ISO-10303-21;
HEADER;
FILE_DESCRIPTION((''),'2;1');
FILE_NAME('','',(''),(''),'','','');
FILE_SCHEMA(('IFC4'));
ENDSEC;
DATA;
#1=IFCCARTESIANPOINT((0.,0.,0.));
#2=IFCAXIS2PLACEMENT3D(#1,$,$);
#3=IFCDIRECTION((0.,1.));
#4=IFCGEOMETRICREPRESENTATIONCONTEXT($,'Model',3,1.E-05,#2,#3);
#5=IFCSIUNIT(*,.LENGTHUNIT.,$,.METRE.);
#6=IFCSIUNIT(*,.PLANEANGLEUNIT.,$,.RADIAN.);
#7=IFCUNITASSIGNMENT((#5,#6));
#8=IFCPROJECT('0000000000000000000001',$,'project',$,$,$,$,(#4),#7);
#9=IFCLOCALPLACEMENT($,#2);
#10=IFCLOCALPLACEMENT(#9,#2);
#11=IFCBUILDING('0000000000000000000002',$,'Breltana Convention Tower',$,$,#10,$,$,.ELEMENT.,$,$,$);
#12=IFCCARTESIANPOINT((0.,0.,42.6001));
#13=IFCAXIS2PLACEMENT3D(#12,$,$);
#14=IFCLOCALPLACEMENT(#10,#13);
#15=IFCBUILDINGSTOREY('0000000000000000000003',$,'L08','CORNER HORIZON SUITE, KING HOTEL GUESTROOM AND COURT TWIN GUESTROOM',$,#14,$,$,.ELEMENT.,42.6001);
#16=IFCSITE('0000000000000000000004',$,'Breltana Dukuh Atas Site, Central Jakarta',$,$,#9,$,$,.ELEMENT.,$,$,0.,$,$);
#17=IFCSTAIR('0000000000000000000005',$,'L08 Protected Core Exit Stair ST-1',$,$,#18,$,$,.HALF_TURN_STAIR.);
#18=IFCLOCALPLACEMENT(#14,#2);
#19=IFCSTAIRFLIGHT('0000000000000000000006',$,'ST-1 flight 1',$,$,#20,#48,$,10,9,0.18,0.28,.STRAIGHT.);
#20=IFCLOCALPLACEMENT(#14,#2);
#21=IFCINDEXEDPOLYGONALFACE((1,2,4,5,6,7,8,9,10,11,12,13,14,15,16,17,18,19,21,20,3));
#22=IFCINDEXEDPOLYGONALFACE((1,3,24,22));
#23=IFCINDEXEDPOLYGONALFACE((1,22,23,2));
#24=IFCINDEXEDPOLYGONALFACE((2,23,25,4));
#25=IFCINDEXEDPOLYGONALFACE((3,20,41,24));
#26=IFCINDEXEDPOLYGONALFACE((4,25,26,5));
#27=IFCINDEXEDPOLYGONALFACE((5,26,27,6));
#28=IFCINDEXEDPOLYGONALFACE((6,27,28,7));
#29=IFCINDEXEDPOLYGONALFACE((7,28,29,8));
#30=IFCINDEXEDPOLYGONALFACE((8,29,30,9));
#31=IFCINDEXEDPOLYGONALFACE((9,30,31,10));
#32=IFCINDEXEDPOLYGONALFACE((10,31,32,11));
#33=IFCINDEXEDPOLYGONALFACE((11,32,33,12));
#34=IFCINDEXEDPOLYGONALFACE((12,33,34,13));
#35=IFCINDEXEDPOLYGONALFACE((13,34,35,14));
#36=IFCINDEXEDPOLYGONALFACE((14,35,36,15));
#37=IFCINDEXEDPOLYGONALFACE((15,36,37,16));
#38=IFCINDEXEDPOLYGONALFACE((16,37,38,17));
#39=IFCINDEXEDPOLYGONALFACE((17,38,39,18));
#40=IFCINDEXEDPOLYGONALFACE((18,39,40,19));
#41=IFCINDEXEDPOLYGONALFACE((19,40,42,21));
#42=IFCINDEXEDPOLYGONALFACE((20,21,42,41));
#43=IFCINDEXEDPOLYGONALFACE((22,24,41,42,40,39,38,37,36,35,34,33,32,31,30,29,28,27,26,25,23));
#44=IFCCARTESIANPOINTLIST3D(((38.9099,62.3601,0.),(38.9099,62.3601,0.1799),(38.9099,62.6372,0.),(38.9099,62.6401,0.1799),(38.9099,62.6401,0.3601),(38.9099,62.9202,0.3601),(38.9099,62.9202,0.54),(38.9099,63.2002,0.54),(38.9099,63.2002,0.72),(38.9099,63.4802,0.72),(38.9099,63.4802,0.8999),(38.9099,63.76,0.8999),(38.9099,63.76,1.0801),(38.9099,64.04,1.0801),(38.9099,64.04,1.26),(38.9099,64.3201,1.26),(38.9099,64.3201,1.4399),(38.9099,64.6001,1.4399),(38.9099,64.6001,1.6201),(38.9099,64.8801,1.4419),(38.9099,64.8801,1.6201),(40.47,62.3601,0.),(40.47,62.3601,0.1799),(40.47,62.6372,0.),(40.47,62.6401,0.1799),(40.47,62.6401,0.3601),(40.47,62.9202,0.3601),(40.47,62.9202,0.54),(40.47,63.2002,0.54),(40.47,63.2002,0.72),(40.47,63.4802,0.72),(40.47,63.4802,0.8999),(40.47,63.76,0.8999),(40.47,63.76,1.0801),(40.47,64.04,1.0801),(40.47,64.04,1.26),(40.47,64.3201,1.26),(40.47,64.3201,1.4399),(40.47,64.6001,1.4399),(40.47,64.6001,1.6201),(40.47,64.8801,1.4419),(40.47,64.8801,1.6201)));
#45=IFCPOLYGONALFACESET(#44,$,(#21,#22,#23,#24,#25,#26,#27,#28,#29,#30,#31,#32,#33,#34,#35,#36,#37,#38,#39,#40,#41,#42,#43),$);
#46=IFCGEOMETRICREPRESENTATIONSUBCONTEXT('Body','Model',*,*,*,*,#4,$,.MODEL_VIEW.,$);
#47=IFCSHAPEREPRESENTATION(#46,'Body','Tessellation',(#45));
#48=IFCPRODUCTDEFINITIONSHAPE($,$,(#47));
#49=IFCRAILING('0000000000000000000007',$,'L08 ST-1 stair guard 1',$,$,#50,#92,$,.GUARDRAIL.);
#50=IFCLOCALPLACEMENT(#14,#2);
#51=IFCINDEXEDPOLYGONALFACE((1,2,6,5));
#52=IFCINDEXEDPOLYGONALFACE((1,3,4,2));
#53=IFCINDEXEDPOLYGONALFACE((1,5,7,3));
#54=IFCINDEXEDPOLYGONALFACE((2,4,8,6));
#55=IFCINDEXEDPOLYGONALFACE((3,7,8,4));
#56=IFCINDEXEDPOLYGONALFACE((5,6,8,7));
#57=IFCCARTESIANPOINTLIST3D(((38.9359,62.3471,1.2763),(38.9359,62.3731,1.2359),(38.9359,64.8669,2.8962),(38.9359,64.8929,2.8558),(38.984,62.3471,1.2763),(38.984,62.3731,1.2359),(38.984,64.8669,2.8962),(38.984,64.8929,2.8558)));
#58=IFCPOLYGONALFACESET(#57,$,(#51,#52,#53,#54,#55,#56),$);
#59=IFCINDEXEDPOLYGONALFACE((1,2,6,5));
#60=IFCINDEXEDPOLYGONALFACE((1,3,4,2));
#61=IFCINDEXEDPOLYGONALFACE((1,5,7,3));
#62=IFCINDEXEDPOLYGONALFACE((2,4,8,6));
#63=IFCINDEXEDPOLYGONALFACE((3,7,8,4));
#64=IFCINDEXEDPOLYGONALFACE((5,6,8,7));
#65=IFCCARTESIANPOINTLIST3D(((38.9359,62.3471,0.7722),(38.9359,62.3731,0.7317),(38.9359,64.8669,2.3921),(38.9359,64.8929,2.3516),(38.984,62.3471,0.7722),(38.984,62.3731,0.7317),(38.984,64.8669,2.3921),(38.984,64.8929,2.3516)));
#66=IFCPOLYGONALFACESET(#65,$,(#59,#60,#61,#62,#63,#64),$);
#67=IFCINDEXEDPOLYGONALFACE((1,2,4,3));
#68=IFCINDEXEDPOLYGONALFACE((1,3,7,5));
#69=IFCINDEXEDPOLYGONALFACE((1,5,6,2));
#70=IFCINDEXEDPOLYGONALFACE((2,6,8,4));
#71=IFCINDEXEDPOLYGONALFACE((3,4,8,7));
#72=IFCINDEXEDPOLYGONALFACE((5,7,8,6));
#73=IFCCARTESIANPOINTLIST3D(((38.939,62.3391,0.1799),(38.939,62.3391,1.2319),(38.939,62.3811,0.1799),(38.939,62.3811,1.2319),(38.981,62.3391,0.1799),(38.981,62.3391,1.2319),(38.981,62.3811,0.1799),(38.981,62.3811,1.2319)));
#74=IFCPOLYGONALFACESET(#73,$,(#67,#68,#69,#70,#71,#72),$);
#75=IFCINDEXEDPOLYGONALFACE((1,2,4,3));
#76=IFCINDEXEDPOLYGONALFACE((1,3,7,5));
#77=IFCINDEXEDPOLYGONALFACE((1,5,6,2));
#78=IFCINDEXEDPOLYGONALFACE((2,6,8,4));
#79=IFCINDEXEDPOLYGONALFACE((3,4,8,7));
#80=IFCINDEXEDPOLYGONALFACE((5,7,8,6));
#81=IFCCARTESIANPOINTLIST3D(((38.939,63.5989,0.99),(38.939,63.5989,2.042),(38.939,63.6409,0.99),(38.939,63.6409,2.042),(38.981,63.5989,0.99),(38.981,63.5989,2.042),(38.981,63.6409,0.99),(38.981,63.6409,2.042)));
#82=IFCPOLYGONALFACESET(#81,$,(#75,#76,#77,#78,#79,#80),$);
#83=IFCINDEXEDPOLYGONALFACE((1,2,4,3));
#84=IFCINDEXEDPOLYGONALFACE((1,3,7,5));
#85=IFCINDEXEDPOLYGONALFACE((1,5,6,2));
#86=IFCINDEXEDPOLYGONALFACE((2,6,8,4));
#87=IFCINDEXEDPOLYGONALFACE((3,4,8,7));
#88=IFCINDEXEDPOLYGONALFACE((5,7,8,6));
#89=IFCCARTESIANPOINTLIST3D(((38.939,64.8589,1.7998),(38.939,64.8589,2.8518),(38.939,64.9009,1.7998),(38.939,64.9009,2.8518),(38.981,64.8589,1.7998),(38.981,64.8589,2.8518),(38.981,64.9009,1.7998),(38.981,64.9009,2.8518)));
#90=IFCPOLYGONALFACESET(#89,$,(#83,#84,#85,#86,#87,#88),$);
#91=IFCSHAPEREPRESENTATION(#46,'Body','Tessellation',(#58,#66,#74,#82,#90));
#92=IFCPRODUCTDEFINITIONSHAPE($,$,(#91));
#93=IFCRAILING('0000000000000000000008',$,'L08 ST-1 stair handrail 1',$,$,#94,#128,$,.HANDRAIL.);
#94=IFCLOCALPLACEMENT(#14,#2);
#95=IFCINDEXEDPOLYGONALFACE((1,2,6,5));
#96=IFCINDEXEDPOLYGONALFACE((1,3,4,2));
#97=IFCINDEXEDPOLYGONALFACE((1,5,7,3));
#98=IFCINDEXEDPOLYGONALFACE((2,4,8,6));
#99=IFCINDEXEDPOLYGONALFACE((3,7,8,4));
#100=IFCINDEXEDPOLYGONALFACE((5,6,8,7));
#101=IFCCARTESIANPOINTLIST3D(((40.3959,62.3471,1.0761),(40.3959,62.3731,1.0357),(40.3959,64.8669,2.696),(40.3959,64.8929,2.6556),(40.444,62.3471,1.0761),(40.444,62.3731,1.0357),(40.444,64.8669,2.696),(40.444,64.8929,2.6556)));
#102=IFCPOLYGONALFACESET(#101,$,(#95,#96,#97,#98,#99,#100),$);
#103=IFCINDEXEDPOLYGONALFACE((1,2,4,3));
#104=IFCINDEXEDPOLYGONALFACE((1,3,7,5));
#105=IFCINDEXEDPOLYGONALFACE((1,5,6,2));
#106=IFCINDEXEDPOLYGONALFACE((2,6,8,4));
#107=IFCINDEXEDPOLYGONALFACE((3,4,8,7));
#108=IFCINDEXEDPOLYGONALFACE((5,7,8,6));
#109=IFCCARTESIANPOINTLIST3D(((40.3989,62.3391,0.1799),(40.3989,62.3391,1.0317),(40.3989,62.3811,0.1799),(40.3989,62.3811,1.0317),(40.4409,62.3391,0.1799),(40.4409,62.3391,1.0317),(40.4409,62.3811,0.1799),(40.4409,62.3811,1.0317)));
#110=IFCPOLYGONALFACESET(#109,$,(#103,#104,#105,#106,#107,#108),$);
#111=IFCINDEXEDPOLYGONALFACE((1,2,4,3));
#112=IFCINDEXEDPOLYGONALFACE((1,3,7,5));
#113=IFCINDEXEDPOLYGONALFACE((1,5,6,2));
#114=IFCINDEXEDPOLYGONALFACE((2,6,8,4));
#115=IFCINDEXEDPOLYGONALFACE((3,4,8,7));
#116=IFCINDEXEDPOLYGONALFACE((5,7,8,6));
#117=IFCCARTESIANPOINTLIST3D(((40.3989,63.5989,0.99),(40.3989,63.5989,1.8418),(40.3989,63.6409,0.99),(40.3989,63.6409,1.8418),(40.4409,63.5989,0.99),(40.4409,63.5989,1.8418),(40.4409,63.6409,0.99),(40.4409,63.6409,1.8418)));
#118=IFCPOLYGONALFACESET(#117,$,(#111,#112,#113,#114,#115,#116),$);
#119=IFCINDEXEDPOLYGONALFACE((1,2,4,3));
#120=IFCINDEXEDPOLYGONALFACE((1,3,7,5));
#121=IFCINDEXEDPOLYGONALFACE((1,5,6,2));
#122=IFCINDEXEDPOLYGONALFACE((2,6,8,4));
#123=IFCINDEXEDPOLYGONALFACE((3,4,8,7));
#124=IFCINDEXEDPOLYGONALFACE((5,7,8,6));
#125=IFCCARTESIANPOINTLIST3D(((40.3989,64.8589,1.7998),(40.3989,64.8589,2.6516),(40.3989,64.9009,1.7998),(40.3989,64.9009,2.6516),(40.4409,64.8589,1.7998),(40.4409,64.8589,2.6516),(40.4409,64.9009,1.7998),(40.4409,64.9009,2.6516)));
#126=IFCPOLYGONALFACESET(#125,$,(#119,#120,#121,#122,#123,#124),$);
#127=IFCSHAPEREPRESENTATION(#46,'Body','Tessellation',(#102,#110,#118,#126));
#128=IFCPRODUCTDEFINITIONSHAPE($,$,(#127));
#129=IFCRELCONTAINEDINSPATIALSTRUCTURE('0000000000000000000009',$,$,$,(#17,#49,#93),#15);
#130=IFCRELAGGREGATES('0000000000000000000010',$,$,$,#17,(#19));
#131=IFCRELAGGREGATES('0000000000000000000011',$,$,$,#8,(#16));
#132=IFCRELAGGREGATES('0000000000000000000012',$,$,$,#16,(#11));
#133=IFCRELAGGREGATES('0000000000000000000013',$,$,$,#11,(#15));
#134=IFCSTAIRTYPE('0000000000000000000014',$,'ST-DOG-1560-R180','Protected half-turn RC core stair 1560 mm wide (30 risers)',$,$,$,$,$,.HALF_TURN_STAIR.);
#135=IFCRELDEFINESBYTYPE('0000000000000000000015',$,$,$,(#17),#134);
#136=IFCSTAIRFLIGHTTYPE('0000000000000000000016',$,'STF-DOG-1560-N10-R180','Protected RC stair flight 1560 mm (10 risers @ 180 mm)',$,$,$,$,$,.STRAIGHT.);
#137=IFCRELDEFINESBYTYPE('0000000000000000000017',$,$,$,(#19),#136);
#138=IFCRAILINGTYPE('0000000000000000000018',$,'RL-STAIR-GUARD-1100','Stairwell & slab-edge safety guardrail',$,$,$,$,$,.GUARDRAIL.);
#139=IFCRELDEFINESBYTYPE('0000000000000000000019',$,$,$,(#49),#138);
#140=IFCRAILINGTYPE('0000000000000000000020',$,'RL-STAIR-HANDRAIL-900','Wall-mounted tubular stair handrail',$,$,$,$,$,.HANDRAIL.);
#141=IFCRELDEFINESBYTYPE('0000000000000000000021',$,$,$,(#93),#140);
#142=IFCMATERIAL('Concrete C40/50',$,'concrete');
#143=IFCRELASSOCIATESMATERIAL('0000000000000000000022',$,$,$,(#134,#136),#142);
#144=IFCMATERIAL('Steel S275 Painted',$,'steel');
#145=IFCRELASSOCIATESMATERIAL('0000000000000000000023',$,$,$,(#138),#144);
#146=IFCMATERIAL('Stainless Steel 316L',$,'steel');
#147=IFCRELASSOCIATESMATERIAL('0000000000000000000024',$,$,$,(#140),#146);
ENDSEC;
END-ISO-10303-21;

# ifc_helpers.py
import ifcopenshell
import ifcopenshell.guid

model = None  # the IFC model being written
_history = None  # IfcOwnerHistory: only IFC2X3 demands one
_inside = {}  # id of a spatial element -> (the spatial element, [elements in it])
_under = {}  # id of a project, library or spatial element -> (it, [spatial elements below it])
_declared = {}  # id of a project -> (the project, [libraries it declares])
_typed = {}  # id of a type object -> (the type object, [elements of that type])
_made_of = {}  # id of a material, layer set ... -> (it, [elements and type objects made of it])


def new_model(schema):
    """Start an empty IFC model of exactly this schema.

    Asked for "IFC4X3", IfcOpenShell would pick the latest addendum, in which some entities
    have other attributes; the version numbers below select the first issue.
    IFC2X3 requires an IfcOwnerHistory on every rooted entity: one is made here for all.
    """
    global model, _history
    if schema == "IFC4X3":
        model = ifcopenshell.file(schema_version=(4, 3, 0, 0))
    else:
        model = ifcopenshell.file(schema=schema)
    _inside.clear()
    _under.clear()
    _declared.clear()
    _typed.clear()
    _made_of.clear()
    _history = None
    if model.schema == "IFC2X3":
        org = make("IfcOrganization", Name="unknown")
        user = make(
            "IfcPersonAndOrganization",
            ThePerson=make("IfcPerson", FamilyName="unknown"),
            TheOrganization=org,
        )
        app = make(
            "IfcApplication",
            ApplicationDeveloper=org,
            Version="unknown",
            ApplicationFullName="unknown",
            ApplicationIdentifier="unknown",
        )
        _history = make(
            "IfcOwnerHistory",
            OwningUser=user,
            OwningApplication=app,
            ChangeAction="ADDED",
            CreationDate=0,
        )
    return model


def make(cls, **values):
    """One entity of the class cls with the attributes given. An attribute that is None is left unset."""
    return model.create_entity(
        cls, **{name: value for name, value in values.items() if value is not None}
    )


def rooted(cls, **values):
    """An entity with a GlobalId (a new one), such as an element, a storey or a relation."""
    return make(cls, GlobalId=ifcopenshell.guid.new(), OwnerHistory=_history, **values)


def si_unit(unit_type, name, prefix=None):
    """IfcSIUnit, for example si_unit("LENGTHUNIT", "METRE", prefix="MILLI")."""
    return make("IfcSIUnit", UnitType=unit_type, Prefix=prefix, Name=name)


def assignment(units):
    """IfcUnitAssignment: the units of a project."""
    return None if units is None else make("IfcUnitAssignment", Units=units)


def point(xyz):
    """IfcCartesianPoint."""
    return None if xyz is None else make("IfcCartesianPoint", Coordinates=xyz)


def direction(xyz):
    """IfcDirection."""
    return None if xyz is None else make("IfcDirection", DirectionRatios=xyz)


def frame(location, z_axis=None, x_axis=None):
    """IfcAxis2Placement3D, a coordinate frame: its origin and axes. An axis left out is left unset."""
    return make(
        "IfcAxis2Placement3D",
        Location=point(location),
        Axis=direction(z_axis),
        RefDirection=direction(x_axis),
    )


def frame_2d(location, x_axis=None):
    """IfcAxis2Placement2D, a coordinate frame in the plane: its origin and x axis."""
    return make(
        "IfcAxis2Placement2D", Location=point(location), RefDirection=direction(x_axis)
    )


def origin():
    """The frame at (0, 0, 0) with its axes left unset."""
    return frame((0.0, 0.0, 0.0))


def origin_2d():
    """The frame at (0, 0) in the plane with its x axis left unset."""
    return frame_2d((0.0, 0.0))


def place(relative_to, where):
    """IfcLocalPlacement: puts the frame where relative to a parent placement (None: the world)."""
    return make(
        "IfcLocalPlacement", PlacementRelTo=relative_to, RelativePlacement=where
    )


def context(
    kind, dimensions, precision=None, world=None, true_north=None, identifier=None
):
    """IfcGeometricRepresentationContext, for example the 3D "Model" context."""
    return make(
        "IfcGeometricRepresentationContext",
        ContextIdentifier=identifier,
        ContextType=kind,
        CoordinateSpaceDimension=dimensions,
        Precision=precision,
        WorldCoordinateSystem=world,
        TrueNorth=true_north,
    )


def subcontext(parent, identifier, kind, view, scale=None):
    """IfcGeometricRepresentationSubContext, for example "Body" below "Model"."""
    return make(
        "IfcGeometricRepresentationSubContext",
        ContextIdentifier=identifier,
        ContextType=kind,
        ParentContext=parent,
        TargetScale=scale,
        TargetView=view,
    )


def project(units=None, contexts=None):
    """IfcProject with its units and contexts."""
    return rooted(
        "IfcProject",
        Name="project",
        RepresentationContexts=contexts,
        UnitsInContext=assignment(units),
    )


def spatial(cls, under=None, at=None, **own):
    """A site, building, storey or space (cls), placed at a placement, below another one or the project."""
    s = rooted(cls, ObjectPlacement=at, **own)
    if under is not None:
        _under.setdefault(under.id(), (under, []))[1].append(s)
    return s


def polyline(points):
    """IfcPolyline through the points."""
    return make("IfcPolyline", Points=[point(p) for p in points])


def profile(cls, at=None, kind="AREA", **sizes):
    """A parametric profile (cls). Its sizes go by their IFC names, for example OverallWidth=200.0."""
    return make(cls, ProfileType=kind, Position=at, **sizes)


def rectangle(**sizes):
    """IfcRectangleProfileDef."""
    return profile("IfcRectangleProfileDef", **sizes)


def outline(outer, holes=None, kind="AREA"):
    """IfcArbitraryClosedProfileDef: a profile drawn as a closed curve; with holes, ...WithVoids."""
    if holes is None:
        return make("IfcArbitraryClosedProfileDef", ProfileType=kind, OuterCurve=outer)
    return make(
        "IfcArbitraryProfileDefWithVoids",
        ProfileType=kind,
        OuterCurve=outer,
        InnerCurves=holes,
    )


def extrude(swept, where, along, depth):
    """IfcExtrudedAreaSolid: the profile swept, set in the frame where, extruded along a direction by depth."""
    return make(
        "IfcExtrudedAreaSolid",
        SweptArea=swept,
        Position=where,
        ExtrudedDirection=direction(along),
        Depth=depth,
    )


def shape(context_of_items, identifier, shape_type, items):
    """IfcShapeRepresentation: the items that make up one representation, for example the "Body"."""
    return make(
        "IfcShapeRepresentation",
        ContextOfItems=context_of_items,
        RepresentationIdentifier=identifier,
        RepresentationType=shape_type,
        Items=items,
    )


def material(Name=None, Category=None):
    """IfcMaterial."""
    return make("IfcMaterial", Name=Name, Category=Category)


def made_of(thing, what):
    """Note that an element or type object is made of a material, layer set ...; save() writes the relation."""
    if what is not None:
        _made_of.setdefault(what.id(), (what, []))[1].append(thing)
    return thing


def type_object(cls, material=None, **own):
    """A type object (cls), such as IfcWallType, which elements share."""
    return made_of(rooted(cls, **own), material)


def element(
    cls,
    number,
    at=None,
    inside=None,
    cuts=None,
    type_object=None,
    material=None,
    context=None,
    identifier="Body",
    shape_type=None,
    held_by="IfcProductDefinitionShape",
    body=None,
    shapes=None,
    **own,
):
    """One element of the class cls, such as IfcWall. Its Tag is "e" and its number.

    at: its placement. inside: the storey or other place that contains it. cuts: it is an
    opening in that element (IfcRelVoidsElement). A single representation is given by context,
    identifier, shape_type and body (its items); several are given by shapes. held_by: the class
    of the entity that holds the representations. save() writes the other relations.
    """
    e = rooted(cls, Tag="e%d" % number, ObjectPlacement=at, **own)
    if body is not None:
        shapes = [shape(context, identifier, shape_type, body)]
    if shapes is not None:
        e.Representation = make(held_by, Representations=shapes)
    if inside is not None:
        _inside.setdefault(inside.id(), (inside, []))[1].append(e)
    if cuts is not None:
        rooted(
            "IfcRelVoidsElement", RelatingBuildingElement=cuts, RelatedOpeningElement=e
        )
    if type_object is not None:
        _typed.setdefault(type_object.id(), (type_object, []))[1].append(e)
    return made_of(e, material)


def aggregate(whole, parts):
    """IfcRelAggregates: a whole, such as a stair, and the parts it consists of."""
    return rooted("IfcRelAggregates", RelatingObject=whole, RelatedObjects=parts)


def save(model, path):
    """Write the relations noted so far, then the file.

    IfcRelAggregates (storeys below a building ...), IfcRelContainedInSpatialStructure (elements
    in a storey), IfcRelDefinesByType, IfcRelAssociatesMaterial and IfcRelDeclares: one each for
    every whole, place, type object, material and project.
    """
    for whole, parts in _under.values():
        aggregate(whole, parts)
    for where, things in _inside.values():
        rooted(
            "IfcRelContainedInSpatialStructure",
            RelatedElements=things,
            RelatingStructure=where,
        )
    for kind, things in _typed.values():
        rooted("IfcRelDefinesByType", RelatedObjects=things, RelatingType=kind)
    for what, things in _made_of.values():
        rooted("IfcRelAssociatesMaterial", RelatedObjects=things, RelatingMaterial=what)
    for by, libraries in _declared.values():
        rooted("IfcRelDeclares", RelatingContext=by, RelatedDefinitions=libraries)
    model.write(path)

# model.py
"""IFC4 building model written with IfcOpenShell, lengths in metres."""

from ifc_helpers import new_model, si_unit, direction, frame, origin, origin_2d, place, context, subcontext, project, spatial, polyline, rectangle, outline, extrude, material, type_object, element, aggregate, save


model = new_model("IFC4")

# Units and contexts
model_context = context("Model", 3, precision=1e-05, world=origin(), true_north=direction((0.0, 1.0)))
body_context = subcontext(model_context, "Body", "Model", "MODEL_VIEW")
ifc_project = project(units=[si_unit("LENGTHUNIT", "METRE"), si_unit("PLANEANGLEUNIT", "RADIAN")], contexts=[model_context])

# Site, building, storey
site_placement = place(None, origin())
site = spatial("IfcSite", under=ifc_project, at=site_placement, Name="Breltana Dukuh Atas Site, Central Jakarta", CompositionType="ELEMENT", RefElevation=0.0)
building_placement = place(site_placement, origin())
building = spatial("IfcBuilding", under=site, at=building_placement, Name="Breltana Convention Tower", CompositionType="ELEMENT")
storey_placement = place(building_placement, frame((0.0, 0.0, 42.6001)))
storey = spatial("IfcBuildingStorey", under=building, at=storey_placement, Name="L08", Description="CORNER HORIZON SUITE, KING HOTEL GUESTROOM AND COURT TWIN GUESTROOM", CompositionType="ELEMENT", Elevation=42.6001)

# Stair, stair flight
ifc_material_1 = material(Name="Concrete C40/50", Category="concrete")
stair_type = type_object("IfcStairType", Name="ST-DOG-1560-R180", Description="Protected half-turn RC core stair 1560 mm wide (30 risers)", PredefinedType="HALF_TURN_STAIR", material=ifc_material_1)
stair_placement = place(storey_placement, origin())
stair = element("IfcStair", 1, at=stair_placement, inside=storey, type_object=stair_type, Name="L08 Protected Core Exit Stair ST-1", PredefinedType="HALF_TURN_STAIR")
stair_flight_type = type_object("IfcStairFlightType", Name="STF-DOG-1560-N10-R180", Description="Protected RC stair flight 1560 mm (10 risers @ 180 mm)", PredefinedType="STRAIGHT", material=ifc_material_1)
stair_flight_placement = place(storey_placement, frame((39.6899, 62.3601, 0.0), z_axis=(0.0, 0.0, 1.0), x_axis=(0.0, 1.0, 0.0)))
stair_flight = element("IfcStairFlight", 2, at=stair_flight_placement, type_object=stair_flight_type, Name="ST-1 flight 1", NumberOfRisers=10, NumberOfTreads=9, PredefinedType="STRAIGHT", RiserHeight=0.18, TreadLength=0.28, context=body_context, shape_type="SweptSolid", body=[
    extrude(outline(polyline([(0.0, 0.0), (0.0, 0.1799), (0.28, 0.1799), (0.28, 0.3601), (0.5601, 0.3601), (0.5601, 0.54), (0.8401, 0.54), (0.8401, 0.72), (1.1201, 0.72), (1.1201, 0.8999), (1.3999, 0.8999), (1.3999, 1.0801), (1.6799, 1.0801), (1.6799, 1.26), (1.96, 1.26), (1.96, 1.4399), (2.24, 1.4399), (2.24, 1.6201), (2.52, 1.6201), (2.52, 1.8), (2.52, 1.4419), (0.2771, 0.0), (0.0, 0.0)])), frame((0.0, 0.78, 0.0), z_axis=(0.0, -1.0, 0.0), x_axis=(1.0, 0.0, 0.0)), (0.0, 0.0, 1.0), 1.5601),
])
aggregate(stair, [stair_flight])

# Railings
ifc_material_2 = material(Name="Steel S275 Painted", Category="steel")
railing_type_1 = type_object("IfcRailingType", Name="RL-STAIR-GUARD-1100", Description="Stairwell & slab-edge safety guardrail", PredefinedType="GUARDRAIL", material=ifc_material_2)
railing_1_placement = place(storey_placement, frame((38.96, 62.3601, 0.1799)))
element("IfcRailing", 3, at=railing_1_placement, inside=storey, type_object=railing_type_1, Name="L08 ST-1 stair guard 1", PredefinedType="GUARDRAIL", context=body_context, shape_type="SweptSolid", body=[
    extrude(rectangle(XDim=0.0481, YDim=0.0481, at=origin_2d()), frame((0.0, 0.0, 1.0762), z_axis=(0.0, 0.841176, 0.540762), x_axis=(-1.0, 0.0, 0.0)), (0.0, 0.0, 1.0), 2.9956),
    extrude(rectangle(XDim=0.0481, YDim=0.0481, at=origin_2d()), frame((0.0, 0.0, 0.572), z_axis=(0.0, 0.841176, 0.540762), x_axis=(-1.0, 0.0, 0.0)), (0.0, 0.0, 1.0), 2.9956),
    extrude(rectangle(XDim=0.042, YDim=0.042, at=origin_2d()), origin(), (0.0, 0.0, 1.0), 1.052),
    extrude(rectangle(XDim=0.042, YDim=0.042, at=origin_2d()), frame((0.0, 1.2598, 0.8101)), (0.0, 0.0, 1.0), 1.052),
    extrude(rectangle(XDim=0.042, YDim=0.042, at=origin_2d()), frame((0.0, 2.5198, 1.6199)), (0.0, 0.0, 1.0), 1.052),
])
ifc_material_3 = material(Name="Stainless Steel 316L", Category="steel")
railing_type_2 = type_object("IfcRailingType", Name="RL-STAIR-HANDRAIL-900", Description="Wall-mounted tubular stair handrail", PredefinedType="HANDRAIL", material=ifc_material_3)
railing_2_placement = place(storey_placement, frame((40.4199, 62.3601, 0.1799)))
element("IfcRailing", 4, at=railing_2_placement, inside=storey, type_object=railing_type_2, Name="L08 ST-1 stair handrail 1", PredefinedType="HANDRAIL", context=body_context, shape_type="SweptSolid", body=[
    extrude(rectangle(XDim=0.0481, YDim=0.0481, at=origin_2d()), frame((0.0, 0.0, 0.876), z_axis=(0.0, 0.841176, 0.540762), x_axis=(-1.0, 0.0, 0.0)), (0.0, 0.0, 1.0), 2.9956),
    extrude(rectangle(XDim=0.042, YDim=0.042, at=origin_2d()), origin(), (0.0, 0.0, 1.0), 0.8518),
    extrude(rectangle(XDim=0.042, YDim=0.042, at=origin_2d()), frame((0.0, 1.2598, 0.8101)), (0.0, 0.0, 1.0), 0.8518),
    extrude(rectangle(XDim=0.042, YDim=0.042, at=origin_2d()), frame((0.0, 2.5198, 1.6199)), (0.0, 0.0, 1.0), 0.8518),
])

save(model, "model.ifc")
